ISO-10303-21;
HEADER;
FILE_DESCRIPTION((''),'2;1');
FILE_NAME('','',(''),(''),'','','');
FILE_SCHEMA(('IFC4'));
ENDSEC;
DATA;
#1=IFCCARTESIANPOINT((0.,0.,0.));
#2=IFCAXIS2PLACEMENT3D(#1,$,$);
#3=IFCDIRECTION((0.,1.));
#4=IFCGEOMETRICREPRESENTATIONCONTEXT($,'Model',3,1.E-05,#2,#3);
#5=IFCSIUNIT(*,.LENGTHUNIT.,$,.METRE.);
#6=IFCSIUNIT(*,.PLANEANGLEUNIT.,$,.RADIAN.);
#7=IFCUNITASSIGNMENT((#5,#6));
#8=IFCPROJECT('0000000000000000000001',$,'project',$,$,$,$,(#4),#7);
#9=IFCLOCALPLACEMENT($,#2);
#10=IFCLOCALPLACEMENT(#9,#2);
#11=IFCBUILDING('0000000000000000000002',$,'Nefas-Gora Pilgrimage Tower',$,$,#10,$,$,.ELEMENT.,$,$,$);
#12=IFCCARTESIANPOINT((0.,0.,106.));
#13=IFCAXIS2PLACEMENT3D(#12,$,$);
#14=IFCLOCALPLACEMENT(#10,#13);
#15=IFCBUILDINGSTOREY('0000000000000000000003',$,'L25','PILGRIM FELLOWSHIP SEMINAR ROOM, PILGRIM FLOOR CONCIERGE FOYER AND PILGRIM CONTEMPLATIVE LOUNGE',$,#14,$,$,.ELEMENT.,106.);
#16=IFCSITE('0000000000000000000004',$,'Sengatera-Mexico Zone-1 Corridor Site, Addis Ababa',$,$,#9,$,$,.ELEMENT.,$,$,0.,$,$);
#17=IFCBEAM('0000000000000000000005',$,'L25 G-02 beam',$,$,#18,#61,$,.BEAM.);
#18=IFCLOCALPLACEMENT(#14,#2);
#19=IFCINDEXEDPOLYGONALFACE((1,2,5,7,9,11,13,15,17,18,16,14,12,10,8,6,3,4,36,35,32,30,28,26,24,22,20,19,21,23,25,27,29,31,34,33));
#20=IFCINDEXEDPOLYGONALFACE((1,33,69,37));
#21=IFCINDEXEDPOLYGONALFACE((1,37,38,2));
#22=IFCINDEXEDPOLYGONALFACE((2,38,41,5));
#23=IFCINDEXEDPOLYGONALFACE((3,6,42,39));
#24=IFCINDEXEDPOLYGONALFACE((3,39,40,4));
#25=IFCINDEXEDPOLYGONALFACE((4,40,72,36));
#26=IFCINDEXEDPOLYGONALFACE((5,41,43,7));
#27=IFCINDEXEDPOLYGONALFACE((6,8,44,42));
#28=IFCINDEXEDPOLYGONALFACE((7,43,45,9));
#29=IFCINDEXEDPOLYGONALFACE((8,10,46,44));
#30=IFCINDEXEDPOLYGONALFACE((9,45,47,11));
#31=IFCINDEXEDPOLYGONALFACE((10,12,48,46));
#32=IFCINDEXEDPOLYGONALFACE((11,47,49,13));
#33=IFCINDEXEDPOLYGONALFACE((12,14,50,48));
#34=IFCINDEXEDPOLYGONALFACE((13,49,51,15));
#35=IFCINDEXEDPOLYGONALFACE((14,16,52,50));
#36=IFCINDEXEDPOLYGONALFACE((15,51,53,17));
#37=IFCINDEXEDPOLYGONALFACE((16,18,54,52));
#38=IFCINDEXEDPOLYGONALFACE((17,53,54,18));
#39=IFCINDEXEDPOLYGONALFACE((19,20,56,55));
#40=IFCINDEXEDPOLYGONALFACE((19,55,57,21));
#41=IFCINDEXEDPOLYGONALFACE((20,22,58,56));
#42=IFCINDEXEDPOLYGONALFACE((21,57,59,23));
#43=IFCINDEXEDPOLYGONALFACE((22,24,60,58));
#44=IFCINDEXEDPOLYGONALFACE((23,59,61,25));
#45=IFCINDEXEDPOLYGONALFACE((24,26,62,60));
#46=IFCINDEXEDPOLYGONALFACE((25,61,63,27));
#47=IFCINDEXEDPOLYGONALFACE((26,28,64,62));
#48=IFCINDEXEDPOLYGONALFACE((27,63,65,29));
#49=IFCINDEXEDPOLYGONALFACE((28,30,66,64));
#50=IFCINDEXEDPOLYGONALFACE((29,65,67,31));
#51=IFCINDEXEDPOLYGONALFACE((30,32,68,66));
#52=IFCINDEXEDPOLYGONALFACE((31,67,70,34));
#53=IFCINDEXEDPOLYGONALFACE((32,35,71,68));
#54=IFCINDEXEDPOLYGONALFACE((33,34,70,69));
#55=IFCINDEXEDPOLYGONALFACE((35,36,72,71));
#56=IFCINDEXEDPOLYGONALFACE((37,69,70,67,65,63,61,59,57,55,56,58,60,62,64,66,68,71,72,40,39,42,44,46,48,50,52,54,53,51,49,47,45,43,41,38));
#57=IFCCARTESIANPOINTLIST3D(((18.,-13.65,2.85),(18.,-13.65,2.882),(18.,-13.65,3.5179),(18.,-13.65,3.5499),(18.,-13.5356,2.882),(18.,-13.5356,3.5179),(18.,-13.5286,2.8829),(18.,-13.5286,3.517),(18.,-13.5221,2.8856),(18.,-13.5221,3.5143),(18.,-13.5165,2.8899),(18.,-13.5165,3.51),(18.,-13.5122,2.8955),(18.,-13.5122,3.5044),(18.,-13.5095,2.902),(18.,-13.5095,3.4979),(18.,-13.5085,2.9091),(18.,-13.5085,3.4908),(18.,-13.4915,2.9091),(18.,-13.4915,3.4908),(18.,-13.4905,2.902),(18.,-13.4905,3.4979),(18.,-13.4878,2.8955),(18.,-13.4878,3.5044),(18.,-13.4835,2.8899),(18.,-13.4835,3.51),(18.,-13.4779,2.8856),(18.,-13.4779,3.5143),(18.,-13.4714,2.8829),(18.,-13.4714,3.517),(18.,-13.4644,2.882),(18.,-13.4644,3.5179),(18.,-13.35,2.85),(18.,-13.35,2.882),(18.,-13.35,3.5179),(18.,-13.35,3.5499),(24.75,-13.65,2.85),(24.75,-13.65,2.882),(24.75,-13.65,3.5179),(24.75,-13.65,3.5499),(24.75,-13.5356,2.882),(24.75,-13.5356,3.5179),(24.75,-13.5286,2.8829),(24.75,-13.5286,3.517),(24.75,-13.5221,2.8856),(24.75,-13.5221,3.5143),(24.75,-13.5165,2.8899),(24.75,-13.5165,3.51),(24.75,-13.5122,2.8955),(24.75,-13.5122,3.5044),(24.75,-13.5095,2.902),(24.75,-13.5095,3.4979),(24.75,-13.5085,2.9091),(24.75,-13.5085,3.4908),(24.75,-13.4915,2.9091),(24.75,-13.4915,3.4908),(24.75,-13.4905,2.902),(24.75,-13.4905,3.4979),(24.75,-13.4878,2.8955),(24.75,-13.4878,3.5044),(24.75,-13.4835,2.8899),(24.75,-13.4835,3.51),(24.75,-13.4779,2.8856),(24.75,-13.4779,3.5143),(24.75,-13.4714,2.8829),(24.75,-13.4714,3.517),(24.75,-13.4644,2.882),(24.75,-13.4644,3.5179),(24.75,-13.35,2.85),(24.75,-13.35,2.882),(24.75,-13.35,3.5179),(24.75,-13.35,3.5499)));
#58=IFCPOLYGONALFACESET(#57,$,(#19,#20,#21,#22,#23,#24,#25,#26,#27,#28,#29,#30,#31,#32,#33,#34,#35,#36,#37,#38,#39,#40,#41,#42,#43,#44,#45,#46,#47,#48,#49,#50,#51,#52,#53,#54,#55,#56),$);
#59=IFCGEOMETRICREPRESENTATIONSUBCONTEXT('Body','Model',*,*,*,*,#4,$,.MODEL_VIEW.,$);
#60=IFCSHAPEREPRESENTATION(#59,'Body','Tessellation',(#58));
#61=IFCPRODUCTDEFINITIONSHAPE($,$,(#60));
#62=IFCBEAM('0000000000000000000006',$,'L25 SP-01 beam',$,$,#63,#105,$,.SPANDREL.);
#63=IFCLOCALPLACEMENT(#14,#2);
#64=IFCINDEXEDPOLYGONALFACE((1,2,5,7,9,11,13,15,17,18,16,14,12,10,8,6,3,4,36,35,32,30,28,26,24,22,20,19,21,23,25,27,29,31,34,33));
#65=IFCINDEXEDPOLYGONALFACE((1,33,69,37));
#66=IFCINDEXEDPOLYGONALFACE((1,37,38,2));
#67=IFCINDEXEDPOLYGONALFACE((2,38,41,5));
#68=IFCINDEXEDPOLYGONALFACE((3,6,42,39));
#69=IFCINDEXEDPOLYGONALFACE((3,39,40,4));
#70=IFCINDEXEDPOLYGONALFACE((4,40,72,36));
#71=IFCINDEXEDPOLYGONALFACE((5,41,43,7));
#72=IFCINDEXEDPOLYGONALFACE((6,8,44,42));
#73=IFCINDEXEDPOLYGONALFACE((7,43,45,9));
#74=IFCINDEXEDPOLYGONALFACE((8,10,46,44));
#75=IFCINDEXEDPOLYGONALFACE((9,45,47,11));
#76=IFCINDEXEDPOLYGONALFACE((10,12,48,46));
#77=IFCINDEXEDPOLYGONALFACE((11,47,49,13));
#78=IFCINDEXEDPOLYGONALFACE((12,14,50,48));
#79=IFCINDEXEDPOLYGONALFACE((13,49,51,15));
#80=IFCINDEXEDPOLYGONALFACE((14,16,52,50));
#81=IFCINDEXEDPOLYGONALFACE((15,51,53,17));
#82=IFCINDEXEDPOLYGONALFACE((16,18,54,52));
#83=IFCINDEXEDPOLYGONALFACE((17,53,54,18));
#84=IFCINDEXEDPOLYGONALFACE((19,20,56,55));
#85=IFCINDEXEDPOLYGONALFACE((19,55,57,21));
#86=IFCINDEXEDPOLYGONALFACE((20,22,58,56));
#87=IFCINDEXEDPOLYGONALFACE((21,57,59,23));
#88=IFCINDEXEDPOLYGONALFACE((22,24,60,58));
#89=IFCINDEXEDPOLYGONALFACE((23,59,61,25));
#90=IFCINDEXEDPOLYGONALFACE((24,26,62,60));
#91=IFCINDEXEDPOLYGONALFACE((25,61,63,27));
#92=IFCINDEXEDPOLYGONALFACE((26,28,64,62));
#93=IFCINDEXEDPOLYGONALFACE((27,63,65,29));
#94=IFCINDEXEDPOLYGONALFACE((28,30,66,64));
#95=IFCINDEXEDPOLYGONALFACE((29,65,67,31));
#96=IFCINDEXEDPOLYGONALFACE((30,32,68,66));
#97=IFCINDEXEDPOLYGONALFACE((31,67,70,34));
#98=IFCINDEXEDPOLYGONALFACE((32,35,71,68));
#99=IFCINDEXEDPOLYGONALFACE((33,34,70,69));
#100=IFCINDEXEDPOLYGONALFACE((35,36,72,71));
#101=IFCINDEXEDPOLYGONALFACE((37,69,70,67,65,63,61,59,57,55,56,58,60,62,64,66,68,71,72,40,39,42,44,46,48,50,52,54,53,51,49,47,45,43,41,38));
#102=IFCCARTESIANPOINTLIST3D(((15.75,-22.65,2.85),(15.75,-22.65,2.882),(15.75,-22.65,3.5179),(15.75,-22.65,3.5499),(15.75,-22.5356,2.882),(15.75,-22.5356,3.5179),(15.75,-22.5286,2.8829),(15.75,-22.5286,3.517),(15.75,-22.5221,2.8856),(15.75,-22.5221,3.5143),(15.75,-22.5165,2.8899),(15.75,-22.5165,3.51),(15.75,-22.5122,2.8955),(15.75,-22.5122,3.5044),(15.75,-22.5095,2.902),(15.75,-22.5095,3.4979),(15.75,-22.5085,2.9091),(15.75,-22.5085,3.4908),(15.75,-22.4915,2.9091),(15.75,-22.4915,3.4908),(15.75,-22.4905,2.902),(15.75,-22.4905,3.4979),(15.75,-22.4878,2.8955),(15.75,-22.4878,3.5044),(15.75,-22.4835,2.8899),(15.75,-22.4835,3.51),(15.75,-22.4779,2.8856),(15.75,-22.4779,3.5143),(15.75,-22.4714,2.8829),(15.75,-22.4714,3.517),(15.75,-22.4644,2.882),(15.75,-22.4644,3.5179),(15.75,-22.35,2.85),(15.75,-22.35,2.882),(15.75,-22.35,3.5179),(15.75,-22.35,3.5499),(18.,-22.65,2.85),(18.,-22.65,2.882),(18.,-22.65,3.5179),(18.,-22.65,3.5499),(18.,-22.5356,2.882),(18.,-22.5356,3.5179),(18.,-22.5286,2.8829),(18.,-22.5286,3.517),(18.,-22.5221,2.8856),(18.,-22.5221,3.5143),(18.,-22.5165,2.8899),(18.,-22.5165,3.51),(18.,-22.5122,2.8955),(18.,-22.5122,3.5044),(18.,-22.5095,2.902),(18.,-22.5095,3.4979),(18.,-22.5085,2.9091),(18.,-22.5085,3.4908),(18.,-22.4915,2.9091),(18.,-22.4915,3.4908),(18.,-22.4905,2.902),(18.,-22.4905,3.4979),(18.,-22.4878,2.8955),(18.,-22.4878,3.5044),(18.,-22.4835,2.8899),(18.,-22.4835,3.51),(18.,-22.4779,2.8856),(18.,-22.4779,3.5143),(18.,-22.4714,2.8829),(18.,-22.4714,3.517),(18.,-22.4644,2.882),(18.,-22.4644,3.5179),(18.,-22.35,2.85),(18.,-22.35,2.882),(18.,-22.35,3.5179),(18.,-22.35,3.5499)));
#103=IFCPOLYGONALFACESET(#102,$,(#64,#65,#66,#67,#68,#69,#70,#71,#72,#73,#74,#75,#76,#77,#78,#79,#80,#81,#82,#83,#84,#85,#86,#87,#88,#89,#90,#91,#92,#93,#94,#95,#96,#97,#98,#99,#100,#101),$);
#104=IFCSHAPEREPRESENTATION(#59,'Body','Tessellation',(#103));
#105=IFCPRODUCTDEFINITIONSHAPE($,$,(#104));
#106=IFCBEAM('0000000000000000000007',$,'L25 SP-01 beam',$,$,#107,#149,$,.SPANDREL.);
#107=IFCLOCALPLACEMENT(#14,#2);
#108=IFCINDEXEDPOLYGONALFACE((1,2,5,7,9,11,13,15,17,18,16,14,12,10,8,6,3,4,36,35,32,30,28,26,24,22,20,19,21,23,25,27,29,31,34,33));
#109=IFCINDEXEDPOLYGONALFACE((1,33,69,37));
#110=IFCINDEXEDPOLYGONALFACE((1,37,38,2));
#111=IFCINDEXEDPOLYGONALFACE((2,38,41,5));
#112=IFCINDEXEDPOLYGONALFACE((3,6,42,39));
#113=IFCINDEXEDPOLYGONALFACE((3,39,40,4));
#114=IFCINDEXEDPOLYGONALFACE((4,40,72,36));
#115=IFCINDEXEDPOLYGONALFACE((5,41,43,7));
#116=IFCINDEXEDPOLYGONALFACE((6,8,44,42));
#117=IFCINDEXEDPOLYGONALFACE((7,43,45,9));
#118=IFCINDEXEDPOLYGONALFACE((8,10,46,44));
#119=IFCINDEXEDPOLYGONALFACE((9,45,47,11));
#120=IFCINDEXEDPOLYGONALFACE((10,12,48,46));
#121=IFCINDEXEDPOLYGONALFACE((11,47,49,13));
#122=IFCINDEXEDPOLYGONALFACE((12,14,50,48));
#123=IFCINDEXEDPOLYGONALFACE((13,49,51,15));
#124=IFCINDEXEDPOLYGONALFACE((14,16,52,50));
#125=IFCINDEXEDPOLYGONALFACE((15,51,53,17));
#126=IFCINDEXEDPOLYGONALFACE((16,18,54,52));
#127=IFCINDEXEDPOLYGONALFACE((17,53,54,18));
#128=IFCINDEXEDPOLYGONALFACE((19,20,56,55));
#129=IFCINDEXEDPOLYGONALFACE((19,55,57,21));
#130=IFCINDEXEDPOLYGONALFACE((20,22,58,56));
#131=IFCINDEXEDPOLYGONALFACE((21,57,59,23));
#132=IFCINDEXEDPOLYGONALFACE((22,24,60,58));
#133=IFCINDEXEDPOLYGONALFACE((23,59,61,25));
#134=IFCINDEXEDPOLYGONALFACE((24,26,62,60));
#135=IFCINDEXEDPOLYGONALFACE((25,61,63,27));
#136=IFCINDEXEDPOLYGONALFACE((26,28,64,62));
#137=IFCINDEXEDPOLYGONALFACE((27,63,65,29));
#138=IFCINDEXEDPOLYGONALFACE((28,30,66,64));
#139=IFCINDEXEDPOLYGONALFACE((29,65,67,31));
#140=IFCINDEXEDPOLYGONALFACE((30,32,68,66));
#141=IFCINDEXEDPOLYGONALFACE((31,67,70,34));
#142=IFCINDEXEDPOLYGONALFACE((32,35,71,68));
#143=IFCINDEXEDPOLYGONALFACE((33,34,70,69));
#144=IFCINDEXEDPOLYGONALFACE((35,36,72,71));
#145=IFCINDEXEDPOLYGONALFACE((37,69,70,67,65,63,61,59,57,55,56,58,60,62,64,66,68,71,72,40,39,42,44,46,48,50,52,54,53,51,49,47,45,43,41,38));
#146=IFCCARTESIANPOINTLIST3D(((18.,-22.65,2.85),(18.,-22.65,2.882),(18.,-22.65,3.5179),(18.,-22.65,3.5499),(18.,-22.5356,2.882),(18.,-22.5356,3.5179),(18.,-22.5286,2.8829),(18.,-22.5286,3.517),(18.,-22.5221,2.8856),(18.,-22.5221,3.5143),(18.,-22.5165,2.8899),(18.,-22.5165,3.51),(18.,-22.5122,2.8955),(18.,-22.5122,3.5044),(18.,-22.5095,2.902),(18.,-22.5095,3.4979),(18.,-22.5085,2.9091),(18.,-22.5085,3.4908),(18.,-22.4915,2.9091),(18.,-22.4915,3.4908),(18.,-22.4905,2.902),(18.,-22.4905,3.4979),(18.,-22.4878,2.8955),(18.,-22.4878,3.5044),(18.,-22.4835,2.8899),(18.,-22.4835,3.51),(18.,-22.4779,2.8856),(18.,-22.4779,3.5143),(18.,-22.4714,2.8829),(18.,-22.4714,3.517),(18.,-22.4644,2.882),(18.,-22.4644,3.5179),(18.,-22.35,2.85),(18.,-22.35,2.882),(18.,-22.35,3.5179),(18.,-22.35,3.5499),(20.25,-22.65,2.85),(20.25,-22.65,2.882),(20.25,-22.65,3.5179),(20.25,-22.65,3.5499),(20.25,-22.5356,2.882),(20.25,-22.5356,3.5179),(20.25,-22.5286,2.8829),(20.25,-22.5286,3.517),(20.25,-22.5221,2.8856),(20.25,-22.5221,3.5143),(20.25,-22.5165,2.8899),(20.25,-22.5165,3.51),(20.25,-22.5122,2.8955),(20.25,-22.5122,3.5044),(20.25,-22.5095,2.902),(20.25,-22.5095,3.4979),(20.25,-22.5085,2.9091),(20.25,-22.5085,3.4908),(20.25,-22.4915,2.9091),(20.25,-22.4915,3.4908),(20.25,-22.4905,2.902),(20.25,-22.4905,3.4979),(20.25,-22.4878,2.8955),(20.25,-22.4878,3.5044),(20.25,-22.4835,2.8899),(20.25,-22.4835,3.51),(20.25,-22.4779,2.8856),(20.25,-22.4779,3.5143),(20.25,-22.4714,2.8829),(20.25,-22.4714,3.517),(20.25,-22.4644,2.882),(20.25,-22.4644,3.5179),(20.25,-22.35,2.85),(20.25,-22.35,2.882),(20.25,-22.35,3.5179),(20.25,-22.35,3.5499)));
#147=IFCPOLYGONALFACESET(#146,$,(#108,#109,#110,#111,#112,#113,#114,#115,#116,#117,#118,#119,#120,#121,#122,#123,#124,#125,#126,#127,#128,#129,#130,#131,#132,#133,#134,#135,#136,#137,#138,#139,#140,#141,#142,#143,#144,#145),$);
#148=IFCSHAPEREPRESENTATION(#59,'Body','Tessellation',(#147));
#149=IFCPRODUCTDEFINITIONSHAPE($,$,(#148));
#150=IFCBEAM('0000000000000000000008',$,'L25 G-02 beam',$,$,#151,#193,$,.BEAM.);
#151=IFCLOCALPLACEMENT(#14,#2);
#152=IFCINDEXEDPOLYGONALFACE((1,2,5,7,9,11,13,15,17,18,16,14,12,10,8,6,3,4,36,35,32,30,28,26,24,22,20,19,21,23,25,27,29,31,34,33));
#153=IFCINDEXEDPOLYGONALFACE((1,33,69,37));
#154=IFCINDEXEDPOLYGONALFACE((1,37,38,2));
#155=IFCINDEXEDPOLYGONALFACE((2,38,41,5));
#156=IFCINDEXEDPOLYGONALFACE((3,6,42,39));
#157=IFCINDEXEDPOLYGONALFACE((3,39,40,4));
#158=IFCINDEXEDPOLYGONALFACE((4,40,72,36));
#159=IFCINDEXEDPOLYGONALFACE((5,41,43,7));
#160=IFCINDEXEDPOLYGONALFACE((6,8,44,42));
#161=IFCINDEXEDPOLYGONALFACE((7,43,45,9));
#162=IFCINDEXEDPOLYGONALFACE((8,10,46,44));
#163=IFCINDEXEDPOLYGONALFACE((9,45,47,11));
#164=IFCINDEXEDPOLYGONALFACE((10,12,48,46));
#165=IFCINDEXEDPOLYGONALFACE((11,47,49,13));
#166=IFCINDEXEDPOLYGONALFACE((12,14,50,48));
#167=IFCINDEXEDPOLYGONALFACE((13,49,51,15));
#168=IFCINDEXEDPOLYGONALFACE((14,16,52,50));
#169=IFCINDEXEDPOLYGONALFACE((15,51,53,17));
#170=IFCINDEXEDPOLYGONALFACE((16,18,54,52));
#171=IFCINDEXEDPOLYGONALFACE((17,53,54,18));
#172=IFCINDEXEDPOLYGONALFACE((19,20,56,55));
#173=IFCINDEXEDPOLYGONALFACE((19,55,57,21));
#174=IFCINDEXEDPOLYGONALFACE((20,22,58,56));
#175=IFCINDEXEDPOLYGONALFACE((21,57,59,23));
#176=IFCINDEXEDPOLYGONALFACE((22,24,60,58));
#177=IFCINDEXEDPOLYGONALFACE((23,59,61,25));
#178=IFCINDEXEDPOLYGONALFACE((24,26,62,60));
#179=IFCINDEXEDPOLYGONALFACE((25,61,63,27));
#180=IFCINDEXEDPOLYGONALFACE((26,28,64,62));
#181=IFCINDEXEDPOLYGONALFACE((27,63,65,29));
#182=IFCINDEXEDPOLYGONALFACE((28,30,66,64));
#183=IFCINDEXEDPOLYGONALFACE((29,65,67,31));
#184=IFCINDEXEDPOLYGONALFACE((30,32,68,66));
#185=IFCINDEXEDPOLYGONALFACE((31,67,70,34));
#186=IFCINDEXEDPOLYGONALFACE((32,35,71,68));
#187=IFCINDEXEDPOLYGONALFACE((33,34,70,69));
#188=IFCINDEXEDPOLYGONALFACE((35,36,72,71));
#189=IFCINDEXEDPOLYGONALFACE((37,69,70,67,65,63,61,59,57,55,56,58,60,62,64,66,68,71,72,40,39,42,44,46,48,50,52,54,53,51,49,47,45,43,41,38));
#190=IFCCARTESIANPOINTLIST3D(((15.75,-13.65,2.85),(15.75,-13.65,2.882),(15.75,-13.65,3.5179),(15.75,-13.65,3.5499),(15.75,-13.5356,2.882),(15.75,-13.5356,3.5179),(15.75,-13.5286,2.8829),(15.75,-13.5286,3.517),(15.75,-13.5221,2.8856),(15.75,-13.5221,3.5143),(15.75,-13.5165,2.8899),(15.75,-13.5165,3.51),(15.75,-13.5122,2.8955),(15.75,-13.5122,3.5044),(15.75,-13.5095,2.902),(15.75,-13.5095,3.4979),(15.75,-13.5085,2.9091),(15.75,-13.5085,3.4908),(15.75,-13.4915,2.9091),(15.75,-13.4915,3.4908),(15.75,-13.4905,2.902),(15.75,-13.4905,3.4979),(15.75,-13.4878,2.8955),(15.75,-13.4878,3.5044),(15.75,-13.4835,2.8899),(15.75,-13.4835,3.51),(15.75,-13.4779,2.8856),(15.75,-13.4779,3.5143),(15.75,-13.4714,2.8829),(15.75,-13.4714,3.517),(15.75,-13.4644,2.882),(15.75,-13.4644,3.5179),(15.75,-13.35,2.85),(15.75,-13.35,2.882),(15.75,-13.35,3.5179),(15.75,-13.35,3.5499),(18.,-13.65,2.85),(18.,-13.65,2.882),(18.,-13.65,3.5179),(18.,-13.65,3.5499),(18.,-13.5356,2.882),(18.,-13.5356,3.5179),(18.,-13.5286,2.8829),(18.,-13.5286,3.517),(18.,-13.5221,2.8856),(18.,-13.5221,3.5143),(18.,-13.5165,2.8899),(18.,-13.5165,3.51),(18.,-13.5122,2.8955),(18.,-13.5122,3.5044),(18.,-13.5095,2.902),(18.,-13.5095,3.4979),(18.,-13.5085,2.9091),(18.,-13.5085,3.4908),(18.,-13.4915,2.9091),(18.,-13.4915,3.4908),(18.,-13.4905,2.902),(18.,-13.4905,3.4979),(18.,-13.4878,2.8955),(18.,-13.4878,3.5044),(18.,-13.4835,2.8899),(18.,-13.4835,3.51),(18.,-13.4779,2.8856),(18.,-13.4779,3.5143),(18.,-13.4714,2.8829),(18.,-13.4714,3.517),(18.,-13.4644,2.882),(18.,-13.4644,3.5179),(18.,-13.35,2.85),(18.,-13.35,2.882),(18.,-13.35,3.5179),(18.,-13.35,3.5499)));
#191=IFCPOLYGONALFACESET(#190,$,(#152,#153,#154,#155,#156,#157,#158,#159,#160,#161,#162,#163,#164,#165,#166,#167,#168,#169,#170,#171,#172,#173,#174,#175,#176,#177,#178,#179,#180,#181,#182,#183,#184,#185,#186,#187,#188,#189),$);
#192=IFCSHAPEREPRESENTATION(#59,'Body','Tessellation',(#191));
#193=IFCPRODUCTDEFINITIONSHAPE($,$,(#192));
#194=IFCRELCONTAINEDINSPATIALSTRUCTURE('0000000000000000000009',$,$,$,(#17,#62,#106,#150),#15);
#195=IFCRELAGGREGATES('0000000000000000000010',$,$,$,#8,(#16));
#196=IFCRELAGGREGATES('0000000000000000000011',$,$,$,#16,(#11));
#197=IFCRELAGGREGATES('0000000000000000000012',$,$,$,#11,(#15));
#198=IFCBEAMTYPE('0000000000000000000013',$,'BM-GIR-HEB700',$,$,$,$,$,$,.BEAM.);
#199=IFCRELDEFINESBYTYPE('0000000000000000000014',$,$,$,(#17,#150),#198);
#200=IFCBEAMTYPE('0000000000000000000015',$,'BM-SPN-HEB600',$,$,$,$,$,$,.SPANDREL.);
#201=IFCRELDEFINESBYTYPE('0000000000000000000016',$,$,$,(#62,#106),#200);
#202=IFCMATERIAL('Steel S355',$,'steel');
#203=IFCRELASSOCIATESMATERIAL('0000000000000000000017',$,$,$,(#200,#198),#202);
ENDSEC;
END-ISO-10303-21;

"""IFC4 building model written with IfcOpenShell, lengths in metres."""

from ifc_helpers import new_model, si_unit, direction, frame, origin, origin_2d, place, context, subcontext, project, spatial, i_section, extrude, source, transform, mapped, material, material_profile, profile_set, type_object, element, save


model = new_model("IFC4")

# Units and contexts
model_context = context("Model", 3, precision=1e-05, world=origin(), true_north=direction((0.0, 1.0)))
body_context = subcontext(model_context, "Body", "Model", "MODEL_VIEW")
ifc_project = project(units=[si_unit("LENGTHUNIT", "METRE"), si_unit("PLANEANGLEUNIT", "RADIAN")], contexts=[model_context])

# Site, building, storey
site_placement = place(None, origin())
site = spatial("IfcSite", under=ifc_project, at=site_placement, Name="Sengatera-Mexico Zone-1 Corridor Site, Addis Ababa", CompositionType="ELEMENT", RefElevation=0.0)
building_placement = place(site_placement, origin())
building = spatial("IfcBuilding", under=site, at=building_placement, Name="Nefas-Gora Pilgrimage Tower", CompositionType="ELEMENT")
storey_placement = place(building_placement, frame((0.0, 0.0, 106.0)))
storey = spatial("IfcBuildingStorey", under=building, at=storey_placement, Name="L25", Description="PILGRIM FELLOWSHIP SEMINAR ROOM, PILGRIM FLOOR CONCIERGE FOYER AND PILGRIM CONTEMPLATIVE LOUNGE", CompositionType="ELEMENT", Elevation=106.0)

# Beams
ifc_material_1 = material(Name="Steel S355", Category="steel")
ifc_material_profile_1 = material_profile(ifc_material_1, i_section(OverallWidth=0.3, OverallDepth=0.7, WebThickness=0.0171, FlangeThickness=0.032, FilletRadius=0.0271, at=origin_2d()), Name="HEB 700")
ifc_profile_set_1 = profile_set([ifc_material_profile_1], Name="Steel S355")
beam_type_1 = type_object("IfcBeamType", Name="BM-SPN-HEB600", PredefinedType="SPANDREL", material=ifc_profile_set_1)
ifc_material_profile_2 = material_profile(ifc_material_1, i_section(OverallWidth=0.3, OverallDepth=0.7, WebThickness=0.0171, FlangeThickness=0.032, FilletRadius=0.0271, at=origin_2d()), Name="HEB 700")
ifc_profile_set_2 = profile_set([ifc_material_profile_2], Name="Steel S355")
beam_type_2 = type_object("IfcBeamType", Name="BM-GIR-HEB700", PredefinedType="BEAM", material=ifc_profile_set_2)
shared_shape_1 = source(origin(), body_context, "Body", "SweptSolid", [
    extrude(i_section(OverallWidth=0.3, OverallDepth=0.7, WebThickness=0.0171, FlangeThickness=0.032, FilletRadius=0.0271, at=origin_2d()), origin(), (0.0, 0.0, 1.0), 6.75),
])
for number, where, z_axis, x_axis, name in (
    (1, (18.0, -13.5, 3.2), (1.0, 0.0, 0.0), (0.0, 1.0, 0.0), "L25 G-02 beam"),
):
    element("IfcBeam", number, at=place(storey_placement, frame(where, z_axis=z_axis, x_axis=x_axis)), inside=storey, type_object=beam_type_2, Name=name, PredefinedType="BEAM", context=body_context, shape_type="MappedRepresentation", body=[
        mapped(shared_shape_1, transform((0.0, 0.0, 0.0), x_axis=(1.0, 0.0, 0.0), y_axis=(0.0, 1.0, 0.0), z_axis=(0.0, 0.0, 1.0), scale=1.0)),
    ])
shared_shape_2 = source(origin(), body_context, "Body", "SweptSolid", [
    extrude(i_section(OverallWidth=0.3, OverallDepth=0.7, WebThickness=0.0171, FlangeThickness=0.032, FilletRadius=0.0271, at=origin_2d()), origin(), (0.0, 0.0, 1.0), 2.25),
])
for number, where, z_axis, x_axis, name in (
    (2, (15.75, -22.5, 3.2), (1.0, 0.0, 0.0), (0.0, 1.0, 0.0), "L25 SP-01 beam"),
    (3, (18.0, -22.5, 3.2), (1.0, 0.0, 0.0), (0.0, 1.0, 0.0), "L25 SP-01 beam"),
):
    element("IfcBeam", number, at=place(storey_placement, frame(where, z_axis=z_axis, x_axis=x_axis)), inside=storey, type_object=beam_type_1, Name=name, PredefinedType="SPANDREL", context=body_context, shape_type="MappedRepresentation", body=[
        mapped(shared_shape_2, transform((0.0, 0.0, 0.0), x_axis=(1.0, 0.0, 0.0), y_axis=(0.0, 1.0, 0.0), z_axis=(0.0, 0.0, 1.0), scale=1.0)),
    ])
shared_shape_3 = source(origin(), body_context, "Body", "SweptSolid", [
    extrude(i_section(OverallWidth=0.3, OverallDepth=0.7, WebThickness=0.0171, FlangeThickness=0.032, FilletRadius=0.0271, at=origin_2d()), origin(), (0.0, 0.0, 1.0), 2.25),
])
beam_1_placement = place(storey_placement, frame((15.75, -13.5, 3.2), z_axis=(1.0, 0.0, 0.0), x_axis=(0.0, 1.0, 0.0)))
element("IfcBeam", 4, at=beam_1_placement, inside=storey, type_object=beam_type_2, Name="L25 G-02 beam", PredefinedType="BEAM", context=body_context, shape_type="MappedRepresentation", body=[
    mapped(shared_shape_3, transform((0.0, 0.0, 0.0), x_axis=(1.0, 0.0, 0.0), y_axis=(0.0, 1.0, 0.0), z_axis=(0.0, 0.0, 1.0), scale=1.0)),
])

save(model, "model.ifc")
